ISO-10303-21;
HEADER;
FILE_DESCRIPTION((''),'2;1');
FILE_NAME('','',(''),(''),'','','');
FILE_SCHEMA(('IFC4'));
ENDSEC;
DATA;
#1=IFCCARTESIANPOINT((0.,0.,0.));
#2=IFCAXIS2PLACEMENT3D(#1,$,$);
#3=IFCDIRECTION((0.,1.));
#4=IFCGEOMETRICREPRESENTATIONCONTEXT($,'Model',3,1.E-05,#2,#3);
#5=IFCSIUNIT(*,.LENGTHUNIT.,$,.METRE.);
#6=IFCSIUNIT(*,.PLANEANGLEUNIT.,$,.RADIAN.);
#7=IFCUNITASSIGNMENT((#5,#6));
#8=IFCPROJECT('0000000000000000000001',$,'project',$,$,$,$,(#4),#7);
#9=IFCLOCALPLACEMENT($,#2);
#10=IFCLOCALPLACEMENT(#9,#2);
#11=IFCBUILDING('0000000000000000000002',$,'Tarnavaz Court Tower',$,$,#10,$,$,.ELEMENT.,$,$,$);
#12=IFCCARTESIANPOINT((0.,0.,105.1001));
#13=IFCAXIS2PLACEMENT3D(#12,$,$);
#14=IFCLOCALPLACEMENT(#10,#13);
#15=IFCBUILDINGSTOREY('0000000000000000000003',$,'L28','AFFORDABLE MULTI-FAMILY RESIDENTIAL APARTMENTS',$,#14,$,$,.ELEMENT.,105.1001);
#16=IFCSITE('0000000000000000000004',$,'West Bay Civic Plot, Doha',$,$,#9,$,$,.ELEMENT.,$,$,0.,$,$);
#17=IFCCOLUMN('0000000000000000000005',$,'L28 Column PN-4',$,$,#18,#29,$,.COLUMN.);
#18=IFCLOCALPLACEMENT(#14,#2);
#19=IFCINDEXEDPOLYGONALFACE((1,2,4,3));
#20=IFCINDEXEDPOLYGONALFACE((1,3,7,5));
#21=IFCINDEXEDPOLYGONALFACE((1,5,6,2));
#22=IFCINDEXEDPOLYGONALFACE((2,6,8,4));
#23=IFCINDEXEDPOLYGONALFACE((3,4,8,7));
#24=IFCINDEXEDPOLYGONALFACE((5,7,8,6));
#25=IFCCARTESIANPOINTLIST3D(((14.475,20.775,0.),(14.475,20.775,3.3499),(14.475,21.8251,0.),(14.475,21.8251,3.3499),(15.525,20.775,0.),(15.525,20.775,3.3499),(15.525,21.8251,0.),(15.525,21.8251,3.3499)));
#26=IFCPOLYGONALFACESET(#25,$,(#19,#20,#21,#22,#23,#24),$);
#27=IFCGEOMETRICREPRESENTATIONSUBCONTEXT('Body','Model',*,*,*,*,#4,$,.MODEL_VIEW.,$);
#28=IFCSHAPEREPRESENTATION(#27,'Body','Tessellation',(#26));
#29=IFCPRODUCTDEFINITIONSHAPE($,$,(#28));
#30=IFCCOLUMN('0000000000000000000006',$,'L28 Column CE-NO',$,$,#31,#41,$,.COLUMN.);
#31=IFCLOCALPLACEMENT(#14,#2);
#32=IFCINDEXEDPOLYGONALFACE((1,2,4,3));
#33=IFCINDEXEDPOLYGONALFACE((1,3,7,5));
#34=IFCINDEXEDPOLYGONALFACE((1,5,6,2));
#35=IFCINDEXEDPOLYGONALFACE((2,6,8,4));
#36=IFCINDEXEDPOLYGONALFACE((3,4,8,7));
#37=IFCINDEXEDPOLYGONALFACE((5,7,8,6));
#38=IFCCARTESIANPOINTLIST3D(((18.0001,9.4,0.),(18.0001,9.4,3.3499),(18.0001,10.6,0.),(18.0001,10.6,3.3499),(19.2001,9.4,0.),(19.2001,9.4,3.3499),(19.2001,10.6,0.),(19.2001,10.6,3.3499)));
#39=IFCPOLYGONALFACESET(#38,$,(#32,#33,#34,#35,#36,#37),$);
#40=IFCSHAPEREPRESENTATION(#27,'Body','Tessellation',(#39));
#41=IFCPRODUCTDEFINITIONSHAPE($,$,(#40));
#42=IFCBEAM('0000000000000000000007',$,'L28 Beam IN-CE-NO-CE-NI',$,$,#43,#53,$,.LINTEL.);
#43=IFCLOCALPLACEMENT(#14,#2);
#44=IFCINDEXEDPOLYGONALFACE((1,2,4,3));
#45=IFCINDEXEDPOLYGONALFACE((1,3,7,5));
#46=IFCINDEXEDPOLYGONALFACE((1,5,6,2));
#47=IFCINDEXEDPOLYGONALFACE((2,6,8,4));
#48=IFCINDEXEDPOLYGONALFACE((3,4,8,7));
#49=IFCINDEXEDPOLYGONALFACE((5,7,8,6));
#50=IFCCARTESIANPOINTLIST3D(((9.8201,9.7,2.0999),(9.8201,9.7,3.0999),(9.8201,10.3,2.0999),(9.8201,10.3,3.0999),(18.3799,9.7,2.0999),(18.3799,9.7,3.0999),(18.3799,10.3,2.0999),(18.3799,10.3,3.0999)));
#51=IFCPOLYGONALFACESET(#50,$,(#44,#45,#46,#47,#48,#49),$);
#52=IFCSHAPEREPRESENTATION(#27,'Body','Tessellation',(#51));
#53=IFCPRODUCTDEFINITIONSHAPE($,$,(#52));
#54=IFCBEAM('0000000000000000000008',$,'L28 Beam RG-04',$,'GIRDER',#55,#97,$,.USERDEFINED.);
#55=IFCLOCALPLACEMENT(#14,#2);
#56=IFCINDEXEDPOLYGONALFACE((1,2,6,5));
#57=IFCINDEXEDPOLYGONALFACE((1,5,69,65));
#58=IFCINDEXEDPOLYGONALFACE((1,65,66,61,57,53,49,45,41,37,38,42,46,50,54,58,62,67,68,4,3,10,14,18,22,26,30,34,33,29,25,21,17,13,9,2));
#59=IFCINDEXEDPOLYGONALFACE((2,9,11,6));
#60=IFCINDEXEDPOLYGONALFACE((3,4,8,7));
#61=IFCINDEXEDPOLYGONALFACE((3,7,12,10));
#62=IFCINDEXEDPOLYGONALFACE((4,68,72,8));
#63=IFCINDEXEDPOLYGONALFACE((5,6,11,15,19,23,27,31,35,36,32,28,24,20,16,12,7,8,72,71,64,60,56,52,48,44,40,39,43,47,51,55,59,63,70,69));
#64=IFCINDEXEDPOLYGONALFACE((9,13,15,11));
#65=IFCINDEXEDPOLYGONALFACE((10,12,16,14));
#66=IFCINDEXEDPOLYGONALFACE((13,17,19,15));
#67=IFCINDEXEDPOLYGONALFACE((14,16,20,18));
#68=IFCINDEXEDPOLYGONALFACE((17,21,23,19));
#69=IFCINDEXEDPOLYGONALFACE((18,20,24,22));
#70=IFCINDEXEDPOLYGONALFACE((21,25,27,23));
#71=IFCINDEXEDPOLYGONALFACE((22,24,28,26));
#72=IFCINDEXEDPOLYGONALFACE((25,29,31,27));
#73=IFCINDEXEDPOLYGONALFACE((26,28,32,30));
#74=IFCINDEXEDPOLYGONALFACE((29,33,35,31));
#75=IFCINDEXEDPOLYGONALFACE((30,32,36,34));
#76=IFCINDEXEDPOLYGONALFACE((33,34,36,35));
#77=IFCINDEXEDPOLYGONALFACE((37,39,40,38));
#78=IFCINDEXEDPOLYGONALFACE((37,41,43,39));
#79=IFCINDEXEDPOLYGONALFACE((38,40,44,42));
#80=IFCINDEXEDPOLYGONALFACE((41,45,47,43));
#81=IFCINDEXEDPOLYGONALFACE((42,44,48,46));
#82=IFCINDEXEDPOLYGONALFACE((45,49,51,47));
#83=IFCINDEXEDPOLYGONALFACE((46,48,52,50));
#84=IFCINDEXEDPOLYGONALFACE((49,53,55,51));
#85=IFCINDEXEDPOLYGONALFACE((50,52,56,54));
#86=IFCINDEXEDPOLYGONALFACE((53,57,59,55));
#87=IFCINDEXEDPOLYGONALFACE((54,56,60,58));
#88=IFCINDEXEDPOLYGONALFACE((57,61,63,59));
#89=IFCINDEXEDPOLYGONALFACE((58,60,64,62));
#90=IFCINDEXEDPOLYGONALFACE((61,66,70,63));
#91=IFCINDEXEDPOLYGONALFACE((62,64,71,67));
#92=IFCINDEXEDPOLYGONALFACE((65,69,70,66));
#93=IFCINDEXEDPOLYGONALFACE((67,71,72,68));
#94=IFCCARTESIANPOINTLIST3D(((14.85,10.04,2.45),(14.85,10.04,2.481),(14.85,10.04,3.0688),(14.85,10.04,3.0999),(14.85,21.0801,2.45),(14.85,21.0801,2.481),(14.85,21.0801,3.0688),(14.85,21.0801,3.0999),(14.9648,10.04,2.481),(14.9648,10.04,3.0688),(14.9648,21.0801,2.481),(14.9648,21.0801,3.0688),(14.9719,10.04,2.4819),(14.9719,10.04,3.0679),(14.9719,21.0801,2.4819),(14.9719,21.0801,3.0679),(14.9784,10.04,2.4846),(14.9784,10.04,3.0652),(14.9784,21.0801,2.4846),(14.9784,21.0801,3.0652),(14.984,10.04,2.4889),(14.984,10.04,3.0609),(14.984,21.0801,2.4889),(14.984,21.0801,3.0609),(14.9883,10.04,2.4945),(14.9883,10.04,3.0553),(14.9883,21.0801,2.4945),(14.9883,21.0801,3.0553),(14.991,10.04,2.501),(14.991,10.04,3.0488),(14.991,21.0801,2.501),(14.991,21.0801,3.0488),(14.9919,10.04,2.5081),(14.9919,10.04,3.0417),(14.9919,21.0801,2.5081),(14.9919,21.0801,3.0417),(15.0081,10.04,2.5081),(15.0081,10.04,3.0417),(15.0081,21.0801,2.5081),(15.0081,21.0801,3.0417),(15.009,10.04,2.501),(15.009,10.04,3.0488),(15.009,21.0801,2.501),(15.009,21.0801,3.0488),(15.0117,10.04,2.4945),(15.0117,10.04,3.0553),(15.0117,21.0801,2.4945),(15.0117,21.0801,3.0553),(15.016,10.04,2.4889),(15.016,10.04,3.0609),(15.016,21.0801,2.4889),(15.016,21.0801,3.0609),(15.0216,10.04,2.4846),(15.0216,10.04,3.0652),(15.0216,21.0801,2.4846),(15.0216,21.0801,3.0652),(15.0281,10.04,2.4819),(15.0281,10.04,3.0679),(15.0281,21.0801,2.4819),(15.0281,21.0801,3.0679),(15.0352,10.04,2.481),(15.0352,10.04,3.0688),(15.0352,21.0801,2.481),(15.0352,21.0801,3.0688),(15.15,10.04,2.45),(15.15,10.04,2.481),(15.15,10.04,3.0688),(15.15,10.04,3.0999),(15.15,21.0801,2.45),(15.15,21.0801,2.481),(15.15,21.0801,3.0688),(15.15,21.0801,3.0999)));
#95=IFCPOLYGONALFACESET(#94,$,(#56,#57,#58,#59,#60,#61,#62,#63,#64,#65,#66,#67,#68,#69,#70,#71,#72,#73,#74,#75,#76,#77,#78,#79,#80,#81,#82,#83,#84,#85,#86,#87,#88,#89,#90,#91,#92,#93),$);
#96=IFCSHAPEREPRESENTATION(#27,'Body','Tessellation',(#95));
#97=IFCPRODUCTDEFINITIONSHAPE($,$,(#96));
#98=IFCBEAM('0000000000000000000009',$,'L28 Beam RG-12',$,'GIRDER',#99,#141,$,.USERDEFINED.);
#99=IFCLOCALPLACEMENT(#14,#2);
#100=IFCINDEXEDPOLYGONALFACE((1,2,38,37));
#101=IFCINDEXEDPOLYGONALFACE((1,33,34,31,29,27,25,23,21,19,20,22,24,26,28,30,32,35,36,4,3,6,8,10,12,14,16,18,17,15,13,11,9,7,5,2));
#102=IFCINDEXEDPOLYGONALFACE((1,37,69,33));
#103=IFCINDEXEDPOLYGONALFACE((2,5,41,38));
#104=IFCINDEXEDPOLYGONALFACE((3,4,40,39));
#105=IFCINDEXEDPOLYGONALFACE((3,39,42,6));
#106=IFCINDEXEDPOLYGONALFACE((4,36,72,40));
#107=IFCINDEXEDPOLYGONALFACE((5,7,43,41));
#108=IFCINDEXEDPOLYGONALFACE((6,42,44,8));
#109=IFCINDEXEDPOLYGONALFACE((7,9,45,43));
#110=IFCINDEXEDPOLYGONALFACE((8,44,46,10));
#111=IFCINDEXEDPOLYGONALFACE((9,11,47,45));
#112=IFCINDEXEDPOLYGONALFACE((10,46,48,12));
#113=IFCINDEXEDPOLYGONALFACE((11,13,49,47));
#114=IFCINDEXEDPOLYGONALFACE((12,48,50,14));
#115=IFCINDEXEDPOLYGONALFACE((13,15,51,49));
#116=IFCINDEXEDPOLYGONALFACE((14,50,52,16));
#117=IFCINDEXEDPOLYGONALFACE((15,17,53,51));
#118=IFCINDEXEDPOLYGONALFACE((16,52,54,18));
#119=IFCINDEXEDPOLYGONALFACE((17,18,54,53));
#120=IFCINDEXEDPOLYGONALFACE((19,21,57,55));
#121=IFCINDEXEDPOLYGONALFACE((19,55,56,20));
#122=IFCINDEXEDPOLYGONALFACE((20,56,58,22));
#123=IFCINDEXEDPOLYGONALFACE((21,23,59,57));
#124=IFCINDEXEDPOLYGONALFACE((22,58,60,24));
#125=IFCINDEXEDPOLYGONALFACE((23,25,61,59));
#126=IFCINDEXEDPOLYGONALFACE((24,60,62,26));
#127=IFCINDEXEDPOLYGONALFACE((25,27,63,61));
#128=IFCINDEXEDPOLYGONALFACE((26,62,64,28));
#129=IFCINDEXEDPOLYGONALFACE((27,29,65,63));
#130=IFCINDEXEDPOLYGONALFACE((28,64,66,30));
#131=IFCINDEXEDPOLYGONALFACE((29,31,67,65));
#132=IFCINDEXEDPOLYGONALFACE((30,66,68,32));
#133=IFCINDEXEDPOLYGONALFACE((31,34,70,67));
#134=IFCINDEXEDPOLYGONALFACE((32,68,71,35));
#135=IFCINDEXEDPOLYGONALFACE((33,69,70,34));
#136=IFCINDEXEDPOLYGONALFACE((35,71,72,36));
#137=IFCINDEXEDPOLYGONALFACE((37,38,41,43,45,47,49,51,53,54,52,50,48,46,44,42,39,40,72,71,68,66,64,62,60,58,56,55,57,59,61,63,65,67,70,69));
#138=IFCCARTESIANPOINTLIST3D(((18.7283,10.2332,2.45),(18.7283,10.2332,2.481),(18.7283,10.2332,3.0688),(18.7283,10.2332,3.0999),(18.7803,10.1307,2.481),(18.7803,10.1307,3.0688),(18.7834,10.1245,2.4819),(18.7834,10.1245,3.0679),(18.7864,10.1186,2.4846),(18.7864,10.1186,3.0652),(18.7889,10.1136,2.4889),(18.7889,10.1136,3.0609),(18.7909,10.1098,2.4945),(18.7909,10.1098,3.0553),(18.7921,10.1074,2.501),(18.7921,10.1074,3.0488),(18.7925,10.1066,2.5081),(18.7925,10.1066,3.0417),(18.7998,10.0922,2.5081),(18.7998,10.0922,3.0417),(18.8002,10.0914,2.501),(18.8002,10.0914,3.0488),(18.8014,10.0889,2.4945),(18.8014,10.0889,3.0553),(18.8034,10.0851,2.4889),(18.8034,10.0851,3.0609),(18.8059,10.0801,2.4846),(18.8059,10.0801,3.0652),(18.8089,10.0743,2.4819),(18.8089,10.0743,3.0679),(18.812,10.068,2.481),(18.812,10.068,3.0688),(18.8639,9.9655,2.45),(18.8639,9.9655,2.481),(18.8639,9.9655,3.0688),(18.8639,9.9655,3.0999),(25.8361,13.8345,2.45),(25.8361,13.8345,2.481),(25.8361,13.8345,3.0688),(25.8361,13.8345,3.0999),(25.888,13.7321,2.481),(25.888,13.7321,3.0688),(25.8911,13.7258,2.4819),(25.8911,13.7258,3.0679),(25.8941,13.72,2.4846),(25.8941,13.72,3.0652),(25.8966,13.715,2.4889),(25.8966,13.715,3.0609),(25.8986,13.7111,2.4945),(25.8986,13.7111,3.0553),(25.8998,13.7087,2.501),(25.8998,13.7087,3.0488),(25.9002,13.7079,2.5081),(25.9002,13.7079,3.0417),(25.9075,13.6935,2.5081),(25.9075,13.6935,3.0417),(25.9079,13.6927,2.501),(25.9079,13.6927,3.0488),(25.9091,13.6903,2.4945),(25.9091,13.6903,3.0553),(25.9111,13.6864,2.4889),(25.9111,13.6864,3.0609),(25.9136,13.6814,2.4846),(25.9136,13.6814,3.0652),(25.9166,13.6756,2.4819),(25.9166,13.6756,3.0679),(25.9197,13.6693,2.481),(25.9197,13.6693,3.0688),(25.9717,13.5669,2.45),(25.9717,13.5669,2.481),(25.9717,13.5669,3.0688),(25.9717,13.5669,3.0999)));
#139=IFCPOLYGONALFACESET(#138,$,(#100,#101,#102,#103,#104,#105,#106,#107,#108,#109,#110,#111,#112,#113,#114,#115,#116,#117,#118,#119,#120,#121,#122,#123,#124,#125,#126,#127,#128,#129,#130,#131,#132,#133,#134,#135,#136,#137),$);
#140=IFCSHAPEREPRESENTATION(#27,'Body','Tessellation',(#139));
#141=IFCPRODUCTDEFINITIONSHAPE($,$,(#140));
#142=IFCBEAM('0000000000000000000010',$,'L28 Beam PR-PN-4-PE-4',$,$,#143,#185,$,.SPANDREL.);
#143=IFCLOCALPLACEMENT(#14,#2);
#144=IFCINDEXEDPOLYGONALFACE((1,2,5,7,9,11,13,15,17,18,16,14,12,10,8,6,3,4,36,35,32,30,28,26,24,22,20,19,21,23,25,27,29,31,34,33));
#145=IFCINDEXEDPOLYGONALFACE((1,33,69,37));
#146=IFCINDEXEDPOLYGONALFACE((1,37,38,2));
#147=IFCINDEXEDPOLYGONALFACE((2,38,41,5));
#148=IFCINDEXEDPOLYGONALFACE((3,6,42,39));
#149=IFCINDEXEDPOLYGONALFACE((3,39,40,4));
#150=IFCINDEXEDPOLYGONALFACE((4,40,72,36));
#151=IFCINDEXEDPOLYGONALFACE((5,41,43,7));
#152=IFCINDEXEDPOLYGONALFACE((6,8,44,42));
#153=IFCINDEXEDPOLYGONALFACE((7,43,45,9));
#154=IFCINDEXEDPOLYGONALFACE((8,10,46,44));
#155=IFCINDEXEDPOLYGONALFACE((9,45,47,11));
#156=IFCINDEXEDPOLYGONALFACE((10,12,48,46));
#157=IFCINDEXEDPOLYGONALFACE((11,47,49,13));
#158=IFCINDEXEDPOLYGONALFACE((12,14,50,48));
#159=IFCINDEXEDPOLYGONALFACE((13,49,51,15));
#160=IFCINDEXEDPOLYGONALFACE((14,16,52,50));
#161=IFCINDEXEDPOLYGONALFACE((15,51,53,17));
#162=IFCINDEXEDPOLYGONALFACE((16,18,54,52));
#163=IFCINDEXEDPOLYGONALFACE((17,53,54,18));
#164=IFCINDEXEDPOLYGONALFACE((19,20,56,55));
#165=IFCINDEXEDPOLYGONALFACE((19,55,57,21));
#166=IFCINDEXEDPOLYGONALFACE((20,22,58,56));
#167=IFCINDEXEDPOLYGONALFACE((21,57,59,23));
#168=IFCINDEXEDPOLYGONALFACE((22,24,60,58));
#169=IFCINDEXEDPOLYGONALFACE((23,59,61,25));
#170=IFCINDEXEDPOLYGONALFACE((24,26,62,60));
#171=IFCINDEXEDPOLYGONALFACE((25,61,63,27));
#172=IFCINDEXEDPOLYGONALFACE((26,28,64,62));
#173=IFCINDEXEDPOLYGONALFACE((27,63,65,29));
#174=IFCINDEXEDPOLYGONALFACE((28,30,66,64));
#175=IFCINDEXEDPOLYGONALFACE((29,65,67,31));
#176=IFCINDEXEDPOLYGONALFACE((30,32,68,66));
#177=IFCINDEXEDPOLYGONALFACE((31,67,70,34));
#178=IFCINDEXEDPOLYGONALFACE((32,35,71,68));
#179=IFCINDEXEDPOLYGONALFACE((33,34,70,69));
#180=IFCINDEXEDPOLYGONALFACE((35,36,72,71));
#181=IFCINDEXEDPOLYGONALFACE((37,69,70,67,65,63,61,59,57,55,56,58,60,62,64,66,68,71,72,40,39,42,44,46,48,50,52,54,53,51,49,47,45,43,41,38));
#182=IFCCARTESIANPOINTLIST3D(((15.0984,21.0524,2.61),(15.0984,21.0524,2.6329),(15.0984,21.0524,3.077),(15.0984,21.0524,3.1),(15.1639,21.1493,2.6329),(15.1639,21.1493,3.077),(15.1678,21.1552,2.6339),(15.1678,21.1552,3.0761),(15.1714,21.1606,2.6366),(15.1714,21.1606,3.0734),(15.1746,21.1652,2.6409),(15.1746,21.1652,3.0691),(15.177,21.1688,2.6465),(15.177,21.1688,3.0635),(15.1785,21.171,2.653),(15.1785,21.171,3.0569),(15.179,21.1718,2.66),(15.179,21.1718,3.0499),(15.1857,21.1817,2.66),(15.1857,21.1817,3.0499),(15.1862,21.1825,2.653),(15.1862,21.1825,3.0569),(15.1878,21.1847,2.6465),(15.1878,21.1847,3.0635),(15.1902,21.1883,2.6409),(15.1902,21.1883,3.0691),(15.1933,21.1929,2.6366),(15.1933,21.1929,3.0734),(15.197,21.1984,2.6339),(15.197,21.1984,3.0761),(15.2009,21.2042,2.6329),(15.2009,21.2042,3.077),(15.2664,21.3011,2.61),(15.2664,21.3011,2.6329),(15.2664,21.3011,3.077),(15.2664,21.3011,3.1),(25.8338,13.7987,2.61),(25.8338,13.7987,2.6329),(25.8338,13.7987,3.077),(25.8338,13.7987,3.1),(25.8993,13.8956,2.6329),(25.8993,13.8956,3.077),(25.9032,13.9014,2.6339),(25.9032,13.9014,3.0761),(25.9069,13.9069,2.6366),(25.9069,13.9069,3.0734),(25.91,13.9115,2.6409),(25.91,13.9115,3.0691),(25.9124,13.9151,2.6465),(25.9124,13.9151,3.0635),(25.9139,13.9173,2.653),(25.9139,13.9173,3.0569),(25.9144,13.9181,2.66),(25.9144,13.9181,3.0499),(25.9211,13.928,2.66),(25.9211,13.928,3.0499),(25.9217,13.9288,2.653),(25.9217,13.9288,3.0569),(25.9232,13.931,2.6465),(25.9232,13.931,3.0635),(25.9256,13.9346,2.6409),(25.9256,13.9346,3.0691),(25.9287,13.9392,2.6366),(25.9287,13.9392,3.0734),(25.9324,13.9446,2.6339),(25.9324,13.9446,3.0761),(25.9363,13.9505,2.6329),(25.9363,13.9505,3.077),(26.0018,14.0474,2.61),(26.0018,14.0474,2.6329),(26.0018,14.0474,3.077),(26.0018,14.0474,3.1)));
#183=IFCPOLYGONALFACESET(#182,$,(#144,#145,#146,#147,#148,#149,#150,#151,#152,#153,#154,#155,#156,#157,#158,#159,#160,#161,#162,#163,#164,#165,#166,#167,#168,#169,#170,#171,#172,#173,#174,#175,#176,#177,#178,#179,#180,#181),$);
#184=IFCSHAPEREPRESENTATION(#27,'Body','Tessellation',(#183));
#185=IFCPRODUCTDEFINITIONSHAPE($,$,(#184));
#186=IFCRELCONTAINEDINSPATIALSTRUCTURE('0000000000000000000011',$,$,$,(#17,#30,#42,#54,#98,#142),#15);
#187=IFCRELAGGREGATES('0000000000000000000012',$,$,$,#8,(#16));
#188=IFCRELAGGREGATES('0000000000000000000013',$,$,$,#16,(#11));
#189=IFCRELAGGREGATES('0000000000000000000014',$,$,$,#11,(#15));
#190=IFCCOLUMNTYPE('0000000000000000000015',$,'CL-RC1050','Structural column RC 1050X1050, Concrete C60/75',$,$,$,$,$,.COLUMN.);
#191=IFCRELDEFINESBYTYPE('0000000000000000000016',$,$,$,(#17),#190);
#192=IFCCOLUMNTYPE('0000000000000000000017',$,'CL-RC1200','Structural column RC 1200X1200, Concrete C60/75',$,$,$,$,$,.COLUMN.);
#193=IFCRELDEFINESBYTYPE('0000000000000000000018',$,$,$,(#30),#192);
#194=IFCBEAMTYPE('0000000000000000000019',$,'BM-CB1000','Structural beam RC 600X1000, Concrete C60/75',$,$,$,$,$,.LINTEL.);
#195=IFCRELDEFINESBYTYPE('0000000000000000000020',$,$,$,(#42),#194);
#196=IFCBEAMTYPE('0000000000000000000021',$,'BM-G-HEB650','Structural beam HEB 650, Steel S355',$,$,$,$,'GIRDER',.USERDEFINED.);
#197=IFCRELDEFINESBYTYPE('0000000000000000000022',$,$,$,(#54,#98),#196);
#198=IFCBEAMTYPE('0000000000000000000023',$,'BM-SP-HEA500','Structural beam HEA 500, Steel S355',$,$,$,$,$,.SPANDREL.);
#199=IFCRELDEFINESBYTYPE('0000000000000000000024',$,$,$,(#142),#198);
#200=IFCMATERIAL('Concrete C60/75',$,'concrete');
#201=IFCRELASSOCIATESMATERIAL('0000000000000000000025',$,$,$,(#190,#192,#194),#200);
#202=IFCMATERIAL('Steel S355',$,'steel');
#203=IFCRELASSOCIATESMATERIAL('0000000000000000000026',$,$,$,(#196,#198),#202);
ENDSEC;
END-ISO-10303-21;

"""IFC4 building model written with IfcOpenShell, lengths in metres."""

from ifc_helpers import new_model, si_unit, direction, frame, origin, origin_2d, place, context, subcontext, project, spatial, rectangle, i_section, extrude, material, material_profile, profile_set, type_object, element, save


model = new_model("IFC4")

# Units and contexts
model_context = context("Model", 3, precision=1e-05, world=origin(), true_north=direction((0.0, 1.0)))
body_context = subcontext(model_context, "Body", "Model", "MODEL_VIEW")
ifc_project = project(units=[si_unit("LENGTHUNIT", "METRE"), si_unit("PLANEANGLEUNIT", "RADIAN")], contexts=[model_context])

# Site, building, storey
site_placement = place(None, origin())
site = spatial("IfcSite", under=ifc_project, at=site_placement, Name="West Bay Civic Plot, Doha", CompositionType="ELEMENT", RefElevation=0.0)
building_placement = place(site_placement, origin())
building = spatial("IfcBuilding", under=site, at=building_placement, Name="Tarnavaz Court Tower", CompositionType="ELEMENT")
storey_placement = place(building_placement, frame((0.0, 0.0, 105.1001)))
storey = spatial("IfcBuildingStorey", under=building, at=storey_placement, Name="L28", Description="AFFORDABLE MULTI-FAMILY RESIDENTIAL APARTMENTS", CompositionType="ELEMENT", Elevation=105.1001)

# Columns
ifc_material_1 = material(Name="Concrete C60/75", Category="concrete")
ifc_material_profile_1 = material_profile(ifc_material_1, rectangle(XDim=1.05, YDim=1.05, at=origin_2d()), Name="RC 1050X1050")
ifc_profile_set_1 = profile_set([ifc_material_profile_1], Name="Concrete C60/75")
column_type_1 = type_object("IfcColumnType", Name="CL-RC1050", Description="Structural column RC 1050X1050, Concrete C60/75", PredefinedType="COLUMN", material=ifc_profile_set_1)
column_1_placement = place(storey_placement, frame((15.0, 21.3, 0.0), z_axis=(0.0, 0.0, 1.0), x_axis=(1.0, 0.0, 0.0)))
element("IfcColumn", 1, at=column_1_placement, inside=storey, type_object=column_type_1, Name="L28 Column PN-4", PredefinedType="COLUMN", context=body_context, shape_type="SweptSolid", body=[
    extrude(rectangle(XDim=1.05, YDim=1.05, at=origin_2d()), origin(), (0.0, 0.0, 1.0), 3.3499),
])
ifc_material_profile_2 = material_profile(ifc_material_1, rectangle(XDim=1.2, YDim=1.2, at=origin_2d()), Name="RC 1200X1200")
ifc_profile_set_2 = profile_set([ifc_material_profile_2], Name="Concrete C60/75")
column_type_2 = type_object("IfcColumnType", Name="CL-RC1200", Description="Structural column RC 1200X1200, Concrete C60/75", PredefinedType="COLUMN", material=ifc_profile_set_2)
column_2_placement = place(storey_placement, frame((18.6001, 10.0, 0.0), z_axis=(0.0, 0.0, 1.0), x_axis=(1.0, 0.0, 0.0)))
element("IfcColumn", 2, at=column_2_placement, inside=storey, type_object=column_type_2, Name="L28 Column CE-NO", PredefinedType="COLUMN", context=body_context, shape_type="SweptSolid", body=[
    extrude(rectangle(XDim=1.2, YDim=1.2, at=origin_2d()), origin(), (0.0, 0.0, 1.0), 3.3499),
])

# Beams
ifc_material_profile_3 = material_profile(ifc_material_1, rectangle(XDim=0.6001, YDim=1.0, at=origin_2d()), Name="RC 600X1000")
ifc_profile_set_3 = profile_set([ifc_material_profile_3], Name="Concrete C60/75")
beam_type_1 = type_object("IfcBeamType", Name="BM-CB1000", Description="Structural beam RC 600X1000, Concrete C60/75", PredefinedType="LINTEL", material=ifc_profile_set_3)
beam_1_placement = place(storey_placement, frame((18.3799, 10.0, 2.5999), z_axis=(-1.0, 0.0, 0.0), x_axis=(0.0, -1.0, 0.0)))
element("IfcBeam", 3, at=beam_1_placement, inside=storey, type_object=beam_type_1, Name="L28 Beam IN-CE-NO-CE-NI", PredefinedType="LINTEL", context=body_context, shape_type="SweptSolid", body=[
    extrude(rectangle(XDim=0.6001, YDim=1.0, at=origin_2d()), origin(), (0.0, 0.0, 1.0), 8.5598),
])
ifc_material_2 = material(Name="Steel S355", Category="steel")
ifc_material_profile_4 = material_profile(ifc_material_2, i_section(OverallWidth=0.3, OverallDepth=0.6499, WebThickness=0.0161, FlangeThickness=0.031, FilletRadius=0.0271, at=origin_2d()), Name="HEB 650")
ifc_profile_set_4 = profile_set([ifc_material_profile_4], Name="Steel S355")
beam_type_2 = type_object("IfcBeamType", Name="BM-G-HEB650", Description="Structural beam HEB 650, Steel S355", ElementType="GIRDER", PredefinedType="USERDEFINED", material=ifc_profile_set_4)
beam_2_placement = place(storey_placement, frame((15.0, 10.04, 2.7749), z_axis=(0.0, 1.0, 0.0), x_axis=(-1.0, 0.0, 0.0)))
element("IfcBeam", 4, at=beam_2_placement, inside=storey, type_object=beam_type_2, Name="L28 Beam RG-04", ObjectType="GIRDER", PredefinedType="USERDEFINED", context=body_context, shape_type="SweptSolid", body=[
    extrude(i_section(OverallWidth=0.3, OverallDepth=0.6499, WebThickness=0.0161, FlangeThickness=0.031, FilletRadius=0.0271, at=origin_2d()), origin(), (0.0, 0.0, 1.0), 11.04),
])
beam_3_placement = place(storey_placement, frame((18.7961, 10.0994, 2.7749), z_axis=(0.892031, 0.451975, 0.0), x_axis=(-0.451975, 0.892031, 0.0)))
element("IfcBeam", 5, at=beam_3_placement, inside=storey, type_object=beam_type_2, Name="L28 Beam RG-12", ObjectType="GIRDER", PredefinedType="USERDEFINED", context=body_context, shape_type="SweptSolid", body=[
    extrude(i_section(OverallWidth=0.3, OverallDepth=0.6499, WebThickness=0.0161, FlangeThickness=0.031, FilletRadius=0.0271, at=origin_2d()), origin(), (0.0, 0.0, 1.0), 7.968),
])
ifc_material_profile_5 = material_profile(ifc_material_2, i_section(OverallWidth=0.3, OverallDepth=0.49, WebThickness=0.012, FlangeThickness=0.0229, FilletRadius=0.0271, at=origin_2d()), Name="HEA 500")
ifc_profile_set_5 = profile_set([ifc_material_profile_5], Name="Steel S355")
beam_type_3 = type_object("IfcBeamType", Name="BM-SP-HEA500", Description="Structural beam HEA 500, Steel S355", PredefinedType="SPANDREL", material=ifc_profile_set_5)
beam_4_placement = place(storey_placement, frame((15.1824, 21.1768, 2.855), z_axis=(0.828587, -0.55986, 0.0), x_axis=(0.55986, 0.828587, 0.0)))
element("IfcBeam", 6, at=beam_4_placement, inside=storey, type_object=beam_type_3, Name="L28 Beam PR-PN-4-PE-4", PredefinedType="SPANDREL", context=body_context, shape_type="SweptSolid", body=[
    extrude(i_section(OverallWidth=0.3, OverallDepth=0.49, WebThickness=0.012, FlangeThickness=0.0229, FilletRadius=0.0271, at=origin_2d()), origin(), (0.0, 0.0, 1.0), 12.9563),
])

save(model, "model.ifc")
